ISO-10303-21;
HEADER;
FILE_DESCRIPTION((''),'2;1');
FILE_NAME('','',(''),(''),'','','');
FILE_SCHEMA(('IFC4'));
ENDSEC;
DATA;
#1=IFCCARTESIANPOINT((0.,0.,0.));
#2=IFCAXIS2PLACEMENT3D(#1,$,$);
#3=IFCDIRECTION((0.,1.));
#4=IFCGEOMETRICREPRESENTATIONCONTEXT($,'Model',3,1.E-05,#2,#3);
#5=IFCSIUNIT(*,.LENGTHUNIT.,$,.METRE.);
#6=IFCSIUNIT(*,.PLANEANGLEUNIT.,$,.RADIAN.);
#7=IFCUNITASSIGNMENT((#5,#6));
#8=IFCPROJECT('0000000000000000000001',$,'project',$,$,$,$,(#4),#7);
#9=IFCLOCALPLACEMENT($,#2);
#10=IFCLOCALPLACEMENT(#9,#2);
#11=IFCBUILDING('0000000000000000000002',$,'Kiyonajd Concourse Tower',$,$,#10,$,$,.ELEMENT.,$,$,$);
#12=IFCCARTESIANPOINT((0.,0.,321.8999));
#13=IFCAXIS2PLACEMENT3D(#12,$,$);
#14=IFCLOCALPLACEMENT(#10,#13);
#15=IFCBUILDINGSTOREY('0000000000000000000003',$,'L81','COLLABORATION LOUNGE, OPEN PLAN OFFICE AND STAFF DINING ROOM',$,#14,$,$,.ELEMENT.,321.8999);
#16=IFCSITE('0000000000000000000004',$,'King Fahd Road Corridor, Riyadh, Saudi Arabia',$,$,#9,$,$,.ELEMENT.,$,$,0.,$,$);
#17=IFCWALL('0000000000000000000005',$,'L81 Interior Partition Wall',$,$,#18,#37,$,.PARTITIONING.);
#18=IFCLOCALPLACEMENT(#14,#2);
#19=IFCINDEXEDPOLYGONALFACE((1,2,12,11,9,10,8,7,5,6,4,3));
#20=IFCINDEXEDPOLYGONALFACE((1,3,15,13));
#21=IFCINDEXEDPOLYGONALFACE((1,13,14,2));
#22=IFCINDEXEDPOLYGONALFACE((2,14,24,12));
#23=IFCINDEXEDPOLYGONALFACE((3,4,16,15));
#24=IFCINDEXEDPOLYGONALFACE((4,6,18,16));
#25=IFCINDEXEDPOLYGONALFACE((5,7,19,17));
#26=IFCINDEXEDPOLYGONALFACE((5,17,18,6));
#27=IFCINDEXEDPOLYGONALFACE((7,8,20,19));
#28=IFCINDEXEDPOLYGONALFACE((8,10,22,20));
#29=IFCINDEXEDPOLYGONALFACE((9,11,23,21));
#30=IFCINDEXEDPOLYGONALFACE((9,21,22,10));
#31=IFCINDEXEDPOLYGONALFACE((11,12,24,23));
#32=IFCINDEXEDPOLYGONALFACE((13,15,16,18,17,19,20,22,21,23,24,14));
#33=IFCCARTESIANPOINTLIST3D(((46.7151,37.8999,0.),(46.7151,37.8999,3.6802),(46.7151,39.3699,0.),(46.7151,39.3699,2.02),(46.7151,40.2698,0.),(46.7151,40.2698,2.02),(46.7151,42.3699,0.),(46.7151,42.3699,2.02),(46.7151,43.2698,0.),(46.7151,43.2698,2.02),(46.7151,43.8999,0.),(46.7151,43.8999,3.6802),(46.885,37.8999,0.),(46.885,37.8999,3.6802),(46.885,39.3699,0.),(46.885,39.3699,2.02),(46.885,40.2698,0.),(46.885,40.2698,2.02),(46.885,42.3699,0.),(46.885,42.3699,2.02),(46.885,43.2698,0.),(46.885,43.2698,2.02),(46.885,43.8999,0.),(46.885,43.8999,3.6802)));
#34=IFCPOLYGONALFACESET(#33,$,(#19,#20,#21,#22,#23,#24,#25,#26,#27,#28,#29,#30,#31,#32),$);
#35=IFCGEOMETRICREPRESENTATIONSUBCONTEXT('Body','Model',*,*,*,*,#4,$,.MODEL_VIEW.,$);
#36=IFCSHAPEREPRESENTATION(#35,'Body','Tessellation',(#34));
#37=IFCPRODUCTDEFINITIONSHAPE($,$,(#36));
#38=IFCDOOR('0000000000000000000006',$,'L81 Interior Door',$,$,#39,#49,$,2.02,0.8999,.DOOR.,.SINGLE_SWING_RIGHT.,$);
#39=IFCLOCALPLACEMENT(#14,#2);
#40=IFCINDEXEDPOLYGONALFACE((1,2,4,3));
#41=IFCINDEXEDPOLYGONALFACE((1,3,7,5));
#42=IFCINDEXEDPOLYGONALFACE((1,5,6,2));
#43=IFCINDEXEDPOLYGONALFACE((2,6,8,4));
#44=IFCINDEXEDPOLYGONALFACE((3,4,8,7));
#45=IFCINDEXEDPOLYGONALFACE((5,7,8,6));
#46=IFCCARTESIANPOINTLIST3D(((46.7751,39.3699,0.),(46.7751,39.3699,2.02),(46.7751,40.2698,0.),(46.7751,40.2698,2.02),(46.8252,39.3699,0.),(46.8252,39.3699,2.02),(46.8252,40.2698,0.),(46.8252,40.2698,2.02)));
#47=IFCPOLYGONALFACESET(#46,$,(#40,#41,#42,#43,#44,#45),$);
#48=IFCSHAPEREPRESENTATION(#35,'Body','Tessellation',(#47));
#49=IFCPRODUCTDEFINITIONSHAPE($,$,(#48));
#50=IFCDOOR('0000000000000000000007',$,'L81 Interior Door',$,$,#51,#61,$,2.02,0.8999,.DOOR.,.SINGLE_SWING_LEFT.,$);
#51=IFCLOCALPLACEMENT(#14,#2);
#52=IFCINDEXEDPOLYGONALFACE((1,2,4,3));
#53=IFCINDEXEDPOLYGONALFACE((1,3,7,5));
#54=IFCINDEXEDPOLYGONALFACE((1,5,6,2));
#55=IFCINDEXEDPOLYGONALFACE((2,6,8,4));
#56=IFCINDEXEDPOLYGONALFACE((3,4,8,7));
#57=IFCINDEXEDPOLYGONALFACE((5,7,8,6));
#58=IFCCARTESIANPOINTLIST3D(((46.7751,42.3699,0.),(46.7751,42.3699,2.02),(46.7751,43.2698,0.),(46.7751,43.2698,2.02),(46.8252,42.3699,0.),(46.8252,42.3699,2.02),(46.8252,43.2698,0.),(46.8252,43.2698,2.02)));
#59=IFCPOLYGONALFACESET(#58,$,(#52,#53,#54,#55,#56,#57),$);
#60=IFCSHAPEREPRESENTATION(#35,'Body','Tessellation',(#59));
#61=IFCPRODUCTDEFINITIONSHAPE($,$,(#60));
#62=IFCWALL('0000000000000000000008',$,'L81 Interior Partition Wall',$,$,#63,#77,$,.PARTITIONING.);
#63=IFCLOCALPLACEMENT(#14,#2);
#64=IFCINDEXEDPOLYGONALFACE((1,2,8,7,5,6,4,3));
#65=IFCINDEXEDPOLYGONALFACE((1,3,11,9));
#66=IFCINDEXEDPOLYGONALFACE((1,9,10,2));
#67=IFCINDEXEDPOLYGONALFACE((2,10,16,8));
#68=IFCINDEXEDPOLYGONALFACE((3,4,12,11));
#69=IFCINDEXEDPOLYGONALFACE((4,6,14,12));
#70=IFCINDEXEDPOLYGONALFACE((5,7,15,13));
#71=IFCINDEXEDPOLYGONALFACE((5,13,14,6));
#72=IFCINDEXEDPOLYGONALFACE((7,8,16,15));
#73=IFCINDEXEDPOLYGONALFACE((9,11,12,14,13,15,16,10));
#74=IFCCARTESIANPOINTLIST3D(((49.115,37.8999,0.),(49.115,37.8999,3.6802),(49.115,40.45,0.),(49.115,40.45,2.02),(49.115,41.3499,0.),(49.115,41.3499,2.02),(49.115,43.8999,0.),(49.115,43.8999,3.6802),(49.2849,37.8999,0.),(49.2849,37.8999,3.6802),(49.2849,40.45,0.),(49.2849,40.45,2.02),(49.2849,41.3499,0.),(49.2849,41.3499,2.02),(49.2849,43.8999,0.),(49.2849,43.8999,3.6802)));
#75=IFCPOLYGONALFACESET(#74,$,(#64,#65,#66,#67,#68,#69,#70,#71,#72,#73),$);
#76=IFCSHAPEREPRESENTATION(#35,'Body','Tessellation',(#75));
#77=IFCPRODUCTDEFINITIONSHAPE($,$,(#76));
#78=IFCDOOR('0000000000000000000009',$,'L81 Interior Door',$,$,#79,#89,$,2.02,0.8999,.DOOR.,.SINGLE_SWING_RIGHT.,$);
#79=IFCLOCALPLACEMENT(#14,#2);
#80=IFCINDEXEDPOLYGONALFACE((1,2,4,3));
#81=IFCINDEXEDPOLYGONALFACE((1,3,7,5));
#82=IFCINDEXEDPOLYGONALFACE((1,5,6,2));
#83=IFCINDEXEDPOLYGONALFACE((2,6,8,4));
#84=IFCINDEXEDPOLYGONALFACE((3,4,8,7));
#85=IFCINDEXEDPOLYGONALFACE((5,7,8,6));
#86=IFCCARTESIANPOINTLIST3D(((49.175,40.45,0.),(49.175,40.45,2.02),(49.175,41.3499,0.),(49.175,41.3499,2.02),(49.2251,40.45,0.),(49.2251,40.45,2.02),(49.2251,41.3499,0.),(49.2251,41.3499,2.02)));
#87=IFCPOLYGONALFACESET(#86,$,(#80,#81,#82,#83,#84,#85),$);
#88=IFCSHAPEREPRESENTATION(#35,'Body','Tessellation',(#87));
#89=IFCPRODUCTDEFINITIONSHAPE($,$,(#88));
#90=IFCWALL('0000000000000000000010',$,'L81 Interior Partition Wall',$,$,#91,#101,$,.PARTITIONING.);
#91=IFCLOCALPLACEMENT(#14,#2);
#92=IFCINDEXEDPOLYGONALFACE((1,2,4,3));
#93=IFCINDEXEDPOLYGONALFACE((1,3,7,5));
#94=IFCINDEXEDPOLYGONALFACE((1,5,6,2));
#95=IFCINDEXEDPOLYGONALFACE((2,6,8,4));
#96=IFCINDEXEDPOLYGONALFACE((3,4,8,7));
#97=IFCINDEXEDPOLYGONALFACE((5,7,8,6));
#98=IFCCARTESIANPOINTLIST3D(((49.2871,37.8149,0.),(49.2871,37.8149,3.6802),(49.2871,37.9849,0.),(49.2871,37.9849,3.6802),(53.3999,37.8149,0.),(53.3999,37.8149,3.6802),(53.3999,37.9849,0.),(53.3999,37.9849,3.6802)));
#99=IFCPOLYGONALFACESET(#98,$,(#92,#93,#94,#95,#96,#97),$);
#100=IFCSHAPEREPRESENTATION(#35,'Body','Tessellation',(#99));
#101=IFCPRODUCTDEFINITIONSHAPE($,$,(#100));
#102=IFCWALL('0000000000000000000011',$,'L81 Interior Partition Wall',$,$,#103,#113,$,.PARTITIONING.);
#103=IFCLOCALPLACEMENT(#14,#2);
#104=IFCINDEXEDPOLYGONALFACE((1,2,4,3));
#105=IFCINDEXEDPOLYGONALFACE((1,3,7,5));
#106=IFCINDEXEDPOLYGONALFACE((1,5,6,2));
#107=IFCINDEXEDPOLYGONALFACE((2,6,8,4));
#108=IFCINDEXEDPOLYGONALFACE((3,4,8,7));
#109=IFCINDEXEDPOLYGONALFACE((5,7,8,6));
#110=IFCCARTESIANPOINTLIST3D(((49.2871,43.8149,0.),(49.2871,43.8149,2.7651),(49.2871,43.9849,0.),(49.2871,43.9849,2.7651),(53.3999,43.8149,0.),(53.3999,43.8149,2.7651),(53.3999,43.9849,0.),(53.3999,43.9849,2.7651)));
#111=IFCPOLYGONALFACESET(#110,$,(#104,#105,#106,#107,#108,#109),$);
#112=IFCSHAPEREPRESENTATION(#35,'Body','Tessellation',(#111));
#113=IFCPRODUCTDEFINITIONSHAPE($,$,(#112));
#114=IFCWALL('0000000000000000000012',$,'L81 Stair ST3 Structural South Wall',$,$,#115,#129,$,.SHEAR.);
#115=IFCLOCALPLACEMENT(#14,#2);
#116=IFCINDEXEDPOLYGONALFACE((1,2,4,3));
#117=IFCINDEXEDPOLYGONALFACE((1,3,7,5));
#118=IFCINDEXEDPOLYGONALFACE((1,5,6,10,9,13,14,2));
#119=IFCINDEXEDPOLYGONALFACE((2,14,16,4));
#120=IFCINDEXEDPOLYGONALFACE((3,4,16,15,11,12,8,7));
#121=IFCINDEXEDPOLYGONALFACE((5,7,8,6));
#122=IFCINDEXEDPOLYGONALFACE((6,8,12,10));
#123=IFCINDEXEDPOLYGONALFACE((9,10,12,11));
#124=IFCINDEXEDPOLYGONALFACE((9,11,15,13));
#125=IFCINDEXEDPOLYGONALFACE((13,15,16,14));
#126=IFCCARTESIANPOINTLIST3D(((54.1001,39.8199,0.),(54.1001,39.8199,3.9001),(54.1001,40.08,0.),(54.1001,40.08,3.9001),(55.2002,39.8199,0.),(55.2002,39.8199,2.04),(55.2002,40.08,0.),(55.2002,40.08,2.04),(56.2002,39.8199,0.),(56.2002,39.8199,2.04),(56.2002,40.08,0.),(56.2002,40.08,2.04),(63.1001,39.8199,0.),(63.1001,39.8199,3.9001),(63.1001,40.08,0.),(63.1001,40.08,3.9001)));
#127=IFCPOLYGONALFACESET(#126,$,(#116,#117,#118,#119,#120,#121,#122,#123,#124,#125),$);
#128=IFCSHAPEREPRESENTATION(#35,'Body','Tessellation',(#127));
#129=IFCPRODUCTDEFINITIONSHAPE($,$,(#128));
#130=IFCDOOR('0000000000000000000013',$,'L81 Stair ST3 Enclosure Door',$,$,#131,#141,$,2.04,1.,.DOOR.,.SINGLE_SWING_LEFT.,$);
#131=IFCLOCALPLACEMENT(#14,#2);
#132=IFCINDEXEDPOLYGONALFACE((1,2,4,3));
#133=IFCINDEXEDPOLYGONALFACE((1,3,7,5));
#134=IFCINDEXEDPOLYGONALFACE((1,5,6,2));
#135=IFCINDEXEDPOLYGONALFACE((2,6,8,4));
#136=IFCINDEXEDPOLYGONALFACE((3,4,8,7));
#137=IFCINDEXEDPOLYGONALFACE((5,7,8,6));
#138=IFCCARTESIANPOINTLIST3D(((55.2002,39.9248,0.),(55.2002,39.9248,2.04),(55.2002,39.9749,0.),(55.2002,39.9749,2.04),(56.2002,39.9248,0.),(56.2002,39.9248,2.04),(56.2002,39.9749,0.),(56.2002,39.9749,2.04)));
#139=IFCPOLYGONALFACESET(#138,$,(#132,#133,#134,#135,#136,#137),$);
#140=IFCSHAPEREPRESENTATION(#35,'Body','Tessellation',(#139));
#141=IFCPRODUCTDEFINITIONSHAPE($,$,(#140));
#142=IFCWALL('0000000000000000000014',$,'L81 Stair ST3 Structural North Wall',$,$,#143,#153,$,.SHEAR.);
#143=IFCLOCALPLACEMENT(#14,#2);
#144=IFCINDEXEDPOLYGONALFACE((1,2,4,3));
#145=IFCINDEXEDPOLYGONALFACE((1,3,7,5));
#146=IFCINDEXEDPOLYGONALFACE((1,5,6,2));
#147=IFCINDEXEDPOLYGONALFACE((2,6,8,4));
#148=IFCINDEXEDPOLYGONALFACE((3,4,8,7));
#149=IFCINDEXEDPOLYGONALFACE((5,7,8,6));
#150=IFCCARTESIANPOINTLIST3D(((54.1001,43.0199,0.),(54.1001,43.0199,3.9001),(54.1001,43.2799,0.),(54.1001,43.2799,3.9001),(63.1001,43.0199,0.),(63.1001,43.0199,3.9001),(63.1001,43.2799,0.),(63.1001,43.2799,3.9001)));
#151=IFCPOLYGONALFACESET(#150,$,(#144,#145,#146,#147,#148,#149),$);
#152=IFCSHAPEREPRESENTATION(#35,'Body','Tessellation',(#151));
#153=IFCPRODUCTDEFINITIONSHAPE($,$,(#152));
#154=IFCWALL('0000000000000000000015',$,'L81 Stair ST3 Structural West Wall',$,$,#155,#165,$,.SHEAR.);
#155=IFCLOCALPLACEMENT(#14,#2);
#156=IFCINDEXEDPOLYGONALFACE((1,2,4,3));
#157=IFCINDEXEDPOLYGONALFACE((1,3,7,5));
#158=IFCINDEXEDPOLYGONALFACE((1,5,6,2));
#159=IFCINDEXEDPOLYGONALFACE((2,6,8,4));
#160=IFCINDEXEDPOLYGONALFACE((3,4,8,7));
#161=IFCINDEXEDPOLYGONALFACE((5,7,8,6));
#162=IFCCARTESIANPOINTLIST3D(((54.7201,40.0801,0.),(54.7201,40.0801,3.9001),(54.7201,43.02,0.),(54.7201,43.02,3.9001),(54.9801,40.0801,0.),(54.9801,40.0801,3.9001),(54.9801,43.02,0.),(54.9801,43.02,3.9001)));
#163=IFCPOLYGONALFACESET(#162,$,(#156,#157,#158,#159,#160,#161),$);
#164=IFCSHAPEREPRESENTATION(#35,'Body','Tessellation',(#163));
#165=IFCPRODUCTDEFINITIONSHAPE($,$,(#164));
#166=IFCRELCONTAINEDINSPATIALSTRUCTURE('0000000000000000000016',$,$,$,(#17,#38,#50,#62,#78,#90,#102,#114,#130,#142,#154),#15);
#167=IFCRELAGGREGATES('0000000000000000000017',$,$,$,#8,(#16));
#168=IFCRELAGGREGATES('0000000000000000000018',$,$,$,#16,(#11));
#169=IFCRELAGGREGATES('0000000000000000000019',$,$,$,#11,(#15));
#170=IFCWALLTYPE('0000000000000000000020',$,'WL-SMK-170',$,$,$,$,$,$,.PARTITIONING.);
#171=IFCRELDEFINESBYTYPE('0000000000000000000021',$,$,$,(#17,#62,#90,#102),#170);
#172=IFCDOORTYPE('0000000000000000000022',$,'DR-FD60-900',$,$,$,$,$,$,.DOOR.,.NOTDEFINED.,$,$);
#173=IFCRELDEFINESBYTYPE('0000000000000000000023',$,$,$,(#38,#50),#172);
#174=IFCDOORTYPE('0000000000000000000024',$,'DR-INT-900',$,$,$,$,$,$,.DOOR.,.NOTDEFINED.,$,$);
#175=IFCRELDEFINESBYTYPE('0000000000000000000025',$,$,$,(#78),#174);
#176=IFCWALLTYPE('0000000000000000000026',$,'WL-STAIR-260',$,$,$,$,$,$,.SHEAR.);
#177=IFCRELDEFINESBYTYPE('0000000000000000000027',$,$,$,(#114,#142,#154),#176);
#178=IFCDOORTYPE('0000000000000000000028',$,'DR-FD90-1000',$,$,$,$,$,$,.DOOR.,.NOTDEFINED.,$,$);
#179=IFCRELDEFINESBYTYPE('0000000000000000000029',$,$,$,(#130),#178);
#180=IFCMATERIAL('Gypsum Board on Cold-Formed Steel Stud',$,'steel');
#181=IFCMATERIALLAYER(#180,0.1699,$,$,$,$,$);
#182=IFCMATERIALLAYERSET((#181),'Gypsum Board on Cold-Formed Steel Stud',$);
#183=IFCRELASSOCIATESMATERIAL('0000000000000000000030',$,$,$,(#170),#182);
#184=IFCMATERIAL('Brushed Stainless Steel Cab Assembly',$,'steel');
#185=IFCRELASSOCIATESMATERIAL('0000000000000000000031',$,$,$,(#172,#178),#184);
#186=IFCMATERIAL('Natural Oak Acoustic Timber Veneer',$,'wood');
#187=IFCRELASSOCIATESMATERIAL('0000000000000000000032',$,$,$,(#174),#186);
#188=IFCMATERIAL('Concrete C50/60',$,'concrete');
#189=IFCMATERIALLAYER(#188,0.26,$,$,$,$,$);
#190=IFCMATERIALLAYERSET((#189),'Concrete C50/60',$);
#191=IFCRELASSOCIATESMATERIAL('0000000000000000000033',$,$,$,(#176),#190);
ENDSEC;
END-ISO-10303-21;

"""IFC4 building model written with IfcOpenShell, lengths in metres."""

from ifc_helpers import new_model, si_unit, direction, frame, frame_2d, origin, place, context, subcontext, project, spatial, rectangle, extrude, material, layer, layer_set, type_object, element, fill, save


model = new_model("IFC4")

# Units and contexts
model_context = context("Model", 3, precision=1e-05, world=origin(), true_north=direction((0.0, 1.0)))
body_context = subcontext(model_context, "Body", "Model", "MODEL_VIEW")
ifc_project = project(units=[si_unit("LENGTHUNIT", "METRE"), si_unit("PLANEANGLEUNIT", "RADIAN")], contexts=[model_context])

# Site, building, storey
site_placement = place(None, origin())
site = spatial("IfcSite", under=ifc_project, at=site_placement, Name="King Fahd Road Corridor, Riyadh, Saudi Arabia", CompositionType="ELEMENT", RefElevation=0.0)
building_placement = place(site_placement, origin())
building = spatial("IfcBuilding", under=site, at=building_placement, Name="Kiyonajd Concourse Tower", CompositionType="ELEMENT")
storey_placement = place(building_placement, frame((0.0, 0.0, 321.8999)))
storey = spatial("IfcBuildingStorey", under=building, at=storey_placement, Name="L81", Description="COLLABORATION LOUNGE, OPEN PLAN OFFICE AND STAFF DINING ROOM", CompositionType="ELEMENT", Elevation=321.8999)

# Shared definitions
ifc_material_1 = material(Name="Concrete C50/60", Category="concrete")

# Shared definitions
ifc_material_2 = material(Name="Gypsum Board on Cold-Formed Steel Stud", Category="steel")
ifc_material_3 = material(Name="Brushed Stainless Steel Cab Assembly", Category="steel")

# Wall, openings, doors
ifc_layer_1 = layer(ifc_material_2, 0.1699)
ifc_layer_set_1 = layer_set([ifc_layer_1], Name="Gypsum Board on Cold-Formed Steel Stud")
wall_type_1 = type_object("IfcWallType", Name="WL-SMK-170", PredefinedType="PARTITIONING", material=ifc_layer_set_1)
wall_1_placement = place(storey_placement, frame((46.8, 37.8999, 0.0), z_axis=(0.0, 0.0, 1.0), x_axis=(0.0, 1.0, 0.0)))
wall_1 = element("IfcWall", 1, at=wall_1_placement, inside=storey, type_object=wall_type_1, Name="L81 Interior Partition Wall", PredefinedType="PARTITIONING", context=body_context, shape_type="SweptSolid", body=[
    extrude(rectangle(XDim=6.0, YDim=0.1699, at=frame_2d((3.0, 0.0))), origin(), (0.0, 0.0, 1.0), 3.6802),
])
opening_1_placement = place(wall_1_placement, frame((1.47, 0.0, 0.0)))
opening_1 = element("IfcOpeningElement", 2, at=opening_1_placement, cuts=wall_1, PredefinedType="OPENING", context=body_context, shape_type="SweptSolid", body=[
    extrude(rectangle(XDim=0.8999, YDim=2.02, at=frame_2d((0.45, 1.01))), frame((0.0, 0.095, 0.0), z_axis=(0.0, -1.0, 0.0), x_axis=(1.0, 0.0, 0.0)), (0.0, 0.0, 1.0), 0.1899),
])
opening_2_placement = place(wall_1_placement, frame((4.47, 0.0, 0.0)))
opening_2 = element("IfcOpeningElement", 3, at=opening_2_placement, cuts=wall_1, PredefinedType="OPENING", context=body_context, shape_type="SweptSolid", body=[
    extrude(rectangle(XDim=0.8999, YDim=2.02, at=frame_2d((0.45, 1.01))), frame((0.0, 0.095, 0.0), z_axis=(0.0, -1.0, 0.0), x_axis=(1.0, 0.0, 0.0)), (0.0, 0.0, 1.0), 0.1899),
])
door_type_1 = type_object("IfcDoorType", Name="DR-FD60-900", OperationType="NOTDEFINED", PredefinedType="DOOR", material=ifc_material_3)
door_1_placement = place(opening_1_placement, origin())
door_1 = element("IfcDoor", 4, at=door_1_placement, inside=storey, type_object=door_type_1, Name="L81 Interior Door", OperationType="SINGLE_SWING_RIGHT", OverallHeight=2.02, OverallWidth=0.8999, PredefinedType="DOOR", context=body_context, shape_type="SweptSolid", body=[
    extrude(rectangle(XDim=0.8999, YDim=2.02, at=frame_2d((0.45, 1.01))), frame((0.0, 0.0249, 0.0), z_axis=(0.0, -1.0, 0.0), x_axis=(1.0, 0.0, 0.0)), (0.0, 0.0, 1.0), 0.05),
])
fill(opening_1, door_1)
door_2_placement = place(opening_2_placement, origin())
door_2 = element("IfcDoor", 5, at=door_2_placement, inside=storey, type_object=door_type_1, Name="L81 Interior Door", OperationType="SINGLE_SWING_LEFT", OverallHeight=2.02, OverallWidth=0.8999, PredefinedType="DOOR", context=body_context, shape_type="SweptSolid", body=[
    extrude(rectangle(XDim=0.8999, YDim=2.02, at=frame_2d((0.45, 1.01))), frame((0.0, 0.0249, 0.0), z_axis=(0.0, -1.0, 0.0), x_axis=(1.0, 0.0, 0.0)), (0.0, 0.0, 1.0), 0.05),
])
fill(opening_2, door_2)

# Wall, opening, door
wall_2_placement = place(storey_placement, frame((49.2, 37.8999, 0.0), z_axis=(0.0, 0.0, 1.0), x_axis=(0.0, 1.0, 0.0)))
wall_2 = element("IfcWall", 6, at=wall_2_placement, inside=storey, type_object=wall_type_1, Name="L81 Interior Partition Wall", PredefinedType="PARTITIONING", context=body_context, shape_type="SweptSolid", body=[
    extrude(rectangle(XDim=6.0, YDim=0.1699, at=frame_2d((3.0, 0.0))), origin(), (0.0, 0.0, 1.0), 3.6802),
])
opening_3_placement = place(wall_2_placement, frame((2.55, 0.0, 0.0)))
opening_3 = element("IfcOpeningElement", 7, at=opening_3_placement, cuts=wall_2, PredefinedType="OPENING", context=body_context, shape_type="SweptSolid", body=[
    extrude(rectangle(XDim=0.8999, YDim=2.02, at=frame_2d((0.45, 1.01))), frame((0.0, 0.095, 0.0), z_axis=(0.0, -1.0, 0.0), x_axis=(1.0, 0.0, 0.0)), (0.0, 0.0, 1.0), 0.1899),
])
ifc_material_4 = material(Name="Natural Oak Acoustic Timber Veneer", Category="wood")
door_type_2 = type_object("IfcDoorType", Name="DR-INT-900", OperationType="NOTDEFINED", PredefinedType="DOOR", material=ifc_material_4)
door_3_placement = place(opening_3_placement, origin())
door_3 = element("IfcDoor", 8, at=door_3_placement, inside=storey, type_object=door_type_2, Name="L81 Interior Door", OperationType="SINGLE_SWING_RIGHT", OverallHeight=2.02, OverallWidth=0.8999, PredefinedType="DOOR", context=body_context, shape_type="SweptSolid", body=[
    extrude(rectangle(XDim=0.8999, YDim=2.02, at=frame_2d((0.45, 1.01))), frame((0.0, 0.0249, 0.0), z_axis=(0.0, -1.0, 0.0), x_axis=(1.0, 0.0, 0.0)), (0.0, 0.0, 1.0), 0.05),
])
fill(opening_3, door_3)

# Walls
wall_3_placement = place(storey_placement, frame((49.2871, 37.8999, 0.0), z_axis=(0.0, 0.0, 1.0), x_axis=(1.0, 0.0, 0.0)))
element("IfcWall", 9, at=wall_3_placement, inside=storey, type_object=wall_type_1, Name="L81 Interior Partition Wall", PredefinedType="PARTITIONING", context=body_context, shape_type="SweptSolid", body=[
    extrude(rectangle(XDim=4.1128, YDim=0.1699, at=frame_2d((2.0564, 0.0))), origin(), (0.0, 0.0, 1.0), 3.6802),
])
wall_4_placement = place(storey_placement, frame((49.2871, 43.8999, 0.0), z_axis=(0.0, 0.0, 1.0), x_axis=(1.0, 0.0, 0.0)))
element("IfcWall", 10, at=wall_4_placement, inside=storey, type_object=wall_type_1, Name="L81 Interior Partition Wall", PredefinedType="PARTITIONING", context=body_context, shape_type="SweptSolid", body=[
    extrude(rectangle(XDim=4.1128, YDim=0.1699, at=frame_2d((2.0564, 0.0))), origin(), (0.0, 0.0, 1.0), 2.7651),
])

# Wall, opening, door
ifc_layer_2 = layer(ifc_material_1, 0.26)
ifc_layer_set_2 = layer_set([ifc_layer_2], Name="Concrete C50/60")
wall_type_2 = type_object("IfcWallType", Name="WL-STAIR-260", PredefinedType="SHEAR", material=ifc_layer_set_2)
wall_5_placement = place(storey_placement, frame((54.1001, 39.95, 0.0), z_axis=(0.0, 0.0, 1.0), x_axis=(1.0, 0.0, 0.0)))
wall_5 = element("IfcWall", 11, at=wall_5_placement, inside=storey, type_object=wall_type_2, Name="L81 Stair ST3 Structural South Wall", PredefinedType="SHEAR", context=body_context, shape_type="SweptSolid", body=[
    extrude(rectangle(XDim=9.0, YDim=0.26, at=frame_2d((4.5, 0.0))), origin(), (0.0, 0.0, 1.0), 3.9001),
])
opening_4_placement = place(wall_5_placement, frame((1.1001, 0.0, 0.0)))
opening_4 = element("IfcOpeningElement", 12, at=opening_4_placement, cuts=wall_5, PredefinedType="OPENING", context=body_context, shape_type="SweptSolid", body=[
    extrude(rectangle(XDim=1.0, YDim=2.04, at=frame_2d((0.5, 1.02))), frame((0.0, 0.1399, 0.0), z_axis=(0.0, -1.0, 0.0), x_axis=(1.0, 0.0, 0.0)), (0.0, 0.0, 1.0), 0.28),
])
door_type_3 = type_object("IfcDoorType", Name="DR-FD90-1000", OperationType="NOTDEFINED", PredefinedType="DOOR", material=ifc_material_3)
door_4_placement = place(opening_4_placement, origin())
door_4 = element("IfcDoor", 13, at=door_4_placement, inside=storey, type_object=door_type_3, Name="L81 Stair ST3 Enclosure Door", OperationType="SINGLE_SWING_LEFT", OverallHeight=2.04, OverallWidth=1.0, PredefinedType="DOOR", context=body_context, shape_type="SweptSolid", body=[
    extrude(rectangle(XDim=1.0, YDim=2.04, at=frame_2d((0.5, 1.02))), frame((0.0, 0.0249, 0.0), z_axis=(0.0, -1.0, 0.0), x_axis=(1.0, 0.0, 0.0)), (0.0, 0.0, 1.0), 0.05),
])
fill(opening_4, door_4)

# Walls
wall_6_placement = place(storey_placement, frame((54.1001, 43.1499, 0.0), z_axis=(0.0, 0.0, 1.0), x_axis=(1.0, 0.0, 0.0)))
element("IfcWall", 14, at=wall_6_placement, inside=storey, type_object=wall_type_2, Name="L81 Stair ST3 Structural North Wall", PredefinedType="SHEAR", context=body_context, shape_type="SweptSolid", body=[
    extrude(rectangle(XDim=9.0, YDim=0.26, at=frame_2d((4.5, 0.0))), origin(), (0.0, 0.0, 1.0), 3.9001),
])
wall_7_placement = place(storey_placement, frame((54.8501, 40.0801, 0.0), z_axis=(0.0, 0.0, 1.0), x_axis=(0.0, 1.0, 0.0)))
element("IfcWall", 15, at=wall_7_placement, inside=storey, type_object=wall_type_2, Name="L81 Stair ST3 Structural West Wall", PredefinedType="SHEAR", context=body_context, shape_type="SweptSolid", body=[
    extrude(rectangle(XDim=2.9399, YDim=0.26, at=frame_2d((1.47, 0.0))), origin(), (0.0, 0.0, 1.0), 3.9001),
])

save(model, "model.ifc")
